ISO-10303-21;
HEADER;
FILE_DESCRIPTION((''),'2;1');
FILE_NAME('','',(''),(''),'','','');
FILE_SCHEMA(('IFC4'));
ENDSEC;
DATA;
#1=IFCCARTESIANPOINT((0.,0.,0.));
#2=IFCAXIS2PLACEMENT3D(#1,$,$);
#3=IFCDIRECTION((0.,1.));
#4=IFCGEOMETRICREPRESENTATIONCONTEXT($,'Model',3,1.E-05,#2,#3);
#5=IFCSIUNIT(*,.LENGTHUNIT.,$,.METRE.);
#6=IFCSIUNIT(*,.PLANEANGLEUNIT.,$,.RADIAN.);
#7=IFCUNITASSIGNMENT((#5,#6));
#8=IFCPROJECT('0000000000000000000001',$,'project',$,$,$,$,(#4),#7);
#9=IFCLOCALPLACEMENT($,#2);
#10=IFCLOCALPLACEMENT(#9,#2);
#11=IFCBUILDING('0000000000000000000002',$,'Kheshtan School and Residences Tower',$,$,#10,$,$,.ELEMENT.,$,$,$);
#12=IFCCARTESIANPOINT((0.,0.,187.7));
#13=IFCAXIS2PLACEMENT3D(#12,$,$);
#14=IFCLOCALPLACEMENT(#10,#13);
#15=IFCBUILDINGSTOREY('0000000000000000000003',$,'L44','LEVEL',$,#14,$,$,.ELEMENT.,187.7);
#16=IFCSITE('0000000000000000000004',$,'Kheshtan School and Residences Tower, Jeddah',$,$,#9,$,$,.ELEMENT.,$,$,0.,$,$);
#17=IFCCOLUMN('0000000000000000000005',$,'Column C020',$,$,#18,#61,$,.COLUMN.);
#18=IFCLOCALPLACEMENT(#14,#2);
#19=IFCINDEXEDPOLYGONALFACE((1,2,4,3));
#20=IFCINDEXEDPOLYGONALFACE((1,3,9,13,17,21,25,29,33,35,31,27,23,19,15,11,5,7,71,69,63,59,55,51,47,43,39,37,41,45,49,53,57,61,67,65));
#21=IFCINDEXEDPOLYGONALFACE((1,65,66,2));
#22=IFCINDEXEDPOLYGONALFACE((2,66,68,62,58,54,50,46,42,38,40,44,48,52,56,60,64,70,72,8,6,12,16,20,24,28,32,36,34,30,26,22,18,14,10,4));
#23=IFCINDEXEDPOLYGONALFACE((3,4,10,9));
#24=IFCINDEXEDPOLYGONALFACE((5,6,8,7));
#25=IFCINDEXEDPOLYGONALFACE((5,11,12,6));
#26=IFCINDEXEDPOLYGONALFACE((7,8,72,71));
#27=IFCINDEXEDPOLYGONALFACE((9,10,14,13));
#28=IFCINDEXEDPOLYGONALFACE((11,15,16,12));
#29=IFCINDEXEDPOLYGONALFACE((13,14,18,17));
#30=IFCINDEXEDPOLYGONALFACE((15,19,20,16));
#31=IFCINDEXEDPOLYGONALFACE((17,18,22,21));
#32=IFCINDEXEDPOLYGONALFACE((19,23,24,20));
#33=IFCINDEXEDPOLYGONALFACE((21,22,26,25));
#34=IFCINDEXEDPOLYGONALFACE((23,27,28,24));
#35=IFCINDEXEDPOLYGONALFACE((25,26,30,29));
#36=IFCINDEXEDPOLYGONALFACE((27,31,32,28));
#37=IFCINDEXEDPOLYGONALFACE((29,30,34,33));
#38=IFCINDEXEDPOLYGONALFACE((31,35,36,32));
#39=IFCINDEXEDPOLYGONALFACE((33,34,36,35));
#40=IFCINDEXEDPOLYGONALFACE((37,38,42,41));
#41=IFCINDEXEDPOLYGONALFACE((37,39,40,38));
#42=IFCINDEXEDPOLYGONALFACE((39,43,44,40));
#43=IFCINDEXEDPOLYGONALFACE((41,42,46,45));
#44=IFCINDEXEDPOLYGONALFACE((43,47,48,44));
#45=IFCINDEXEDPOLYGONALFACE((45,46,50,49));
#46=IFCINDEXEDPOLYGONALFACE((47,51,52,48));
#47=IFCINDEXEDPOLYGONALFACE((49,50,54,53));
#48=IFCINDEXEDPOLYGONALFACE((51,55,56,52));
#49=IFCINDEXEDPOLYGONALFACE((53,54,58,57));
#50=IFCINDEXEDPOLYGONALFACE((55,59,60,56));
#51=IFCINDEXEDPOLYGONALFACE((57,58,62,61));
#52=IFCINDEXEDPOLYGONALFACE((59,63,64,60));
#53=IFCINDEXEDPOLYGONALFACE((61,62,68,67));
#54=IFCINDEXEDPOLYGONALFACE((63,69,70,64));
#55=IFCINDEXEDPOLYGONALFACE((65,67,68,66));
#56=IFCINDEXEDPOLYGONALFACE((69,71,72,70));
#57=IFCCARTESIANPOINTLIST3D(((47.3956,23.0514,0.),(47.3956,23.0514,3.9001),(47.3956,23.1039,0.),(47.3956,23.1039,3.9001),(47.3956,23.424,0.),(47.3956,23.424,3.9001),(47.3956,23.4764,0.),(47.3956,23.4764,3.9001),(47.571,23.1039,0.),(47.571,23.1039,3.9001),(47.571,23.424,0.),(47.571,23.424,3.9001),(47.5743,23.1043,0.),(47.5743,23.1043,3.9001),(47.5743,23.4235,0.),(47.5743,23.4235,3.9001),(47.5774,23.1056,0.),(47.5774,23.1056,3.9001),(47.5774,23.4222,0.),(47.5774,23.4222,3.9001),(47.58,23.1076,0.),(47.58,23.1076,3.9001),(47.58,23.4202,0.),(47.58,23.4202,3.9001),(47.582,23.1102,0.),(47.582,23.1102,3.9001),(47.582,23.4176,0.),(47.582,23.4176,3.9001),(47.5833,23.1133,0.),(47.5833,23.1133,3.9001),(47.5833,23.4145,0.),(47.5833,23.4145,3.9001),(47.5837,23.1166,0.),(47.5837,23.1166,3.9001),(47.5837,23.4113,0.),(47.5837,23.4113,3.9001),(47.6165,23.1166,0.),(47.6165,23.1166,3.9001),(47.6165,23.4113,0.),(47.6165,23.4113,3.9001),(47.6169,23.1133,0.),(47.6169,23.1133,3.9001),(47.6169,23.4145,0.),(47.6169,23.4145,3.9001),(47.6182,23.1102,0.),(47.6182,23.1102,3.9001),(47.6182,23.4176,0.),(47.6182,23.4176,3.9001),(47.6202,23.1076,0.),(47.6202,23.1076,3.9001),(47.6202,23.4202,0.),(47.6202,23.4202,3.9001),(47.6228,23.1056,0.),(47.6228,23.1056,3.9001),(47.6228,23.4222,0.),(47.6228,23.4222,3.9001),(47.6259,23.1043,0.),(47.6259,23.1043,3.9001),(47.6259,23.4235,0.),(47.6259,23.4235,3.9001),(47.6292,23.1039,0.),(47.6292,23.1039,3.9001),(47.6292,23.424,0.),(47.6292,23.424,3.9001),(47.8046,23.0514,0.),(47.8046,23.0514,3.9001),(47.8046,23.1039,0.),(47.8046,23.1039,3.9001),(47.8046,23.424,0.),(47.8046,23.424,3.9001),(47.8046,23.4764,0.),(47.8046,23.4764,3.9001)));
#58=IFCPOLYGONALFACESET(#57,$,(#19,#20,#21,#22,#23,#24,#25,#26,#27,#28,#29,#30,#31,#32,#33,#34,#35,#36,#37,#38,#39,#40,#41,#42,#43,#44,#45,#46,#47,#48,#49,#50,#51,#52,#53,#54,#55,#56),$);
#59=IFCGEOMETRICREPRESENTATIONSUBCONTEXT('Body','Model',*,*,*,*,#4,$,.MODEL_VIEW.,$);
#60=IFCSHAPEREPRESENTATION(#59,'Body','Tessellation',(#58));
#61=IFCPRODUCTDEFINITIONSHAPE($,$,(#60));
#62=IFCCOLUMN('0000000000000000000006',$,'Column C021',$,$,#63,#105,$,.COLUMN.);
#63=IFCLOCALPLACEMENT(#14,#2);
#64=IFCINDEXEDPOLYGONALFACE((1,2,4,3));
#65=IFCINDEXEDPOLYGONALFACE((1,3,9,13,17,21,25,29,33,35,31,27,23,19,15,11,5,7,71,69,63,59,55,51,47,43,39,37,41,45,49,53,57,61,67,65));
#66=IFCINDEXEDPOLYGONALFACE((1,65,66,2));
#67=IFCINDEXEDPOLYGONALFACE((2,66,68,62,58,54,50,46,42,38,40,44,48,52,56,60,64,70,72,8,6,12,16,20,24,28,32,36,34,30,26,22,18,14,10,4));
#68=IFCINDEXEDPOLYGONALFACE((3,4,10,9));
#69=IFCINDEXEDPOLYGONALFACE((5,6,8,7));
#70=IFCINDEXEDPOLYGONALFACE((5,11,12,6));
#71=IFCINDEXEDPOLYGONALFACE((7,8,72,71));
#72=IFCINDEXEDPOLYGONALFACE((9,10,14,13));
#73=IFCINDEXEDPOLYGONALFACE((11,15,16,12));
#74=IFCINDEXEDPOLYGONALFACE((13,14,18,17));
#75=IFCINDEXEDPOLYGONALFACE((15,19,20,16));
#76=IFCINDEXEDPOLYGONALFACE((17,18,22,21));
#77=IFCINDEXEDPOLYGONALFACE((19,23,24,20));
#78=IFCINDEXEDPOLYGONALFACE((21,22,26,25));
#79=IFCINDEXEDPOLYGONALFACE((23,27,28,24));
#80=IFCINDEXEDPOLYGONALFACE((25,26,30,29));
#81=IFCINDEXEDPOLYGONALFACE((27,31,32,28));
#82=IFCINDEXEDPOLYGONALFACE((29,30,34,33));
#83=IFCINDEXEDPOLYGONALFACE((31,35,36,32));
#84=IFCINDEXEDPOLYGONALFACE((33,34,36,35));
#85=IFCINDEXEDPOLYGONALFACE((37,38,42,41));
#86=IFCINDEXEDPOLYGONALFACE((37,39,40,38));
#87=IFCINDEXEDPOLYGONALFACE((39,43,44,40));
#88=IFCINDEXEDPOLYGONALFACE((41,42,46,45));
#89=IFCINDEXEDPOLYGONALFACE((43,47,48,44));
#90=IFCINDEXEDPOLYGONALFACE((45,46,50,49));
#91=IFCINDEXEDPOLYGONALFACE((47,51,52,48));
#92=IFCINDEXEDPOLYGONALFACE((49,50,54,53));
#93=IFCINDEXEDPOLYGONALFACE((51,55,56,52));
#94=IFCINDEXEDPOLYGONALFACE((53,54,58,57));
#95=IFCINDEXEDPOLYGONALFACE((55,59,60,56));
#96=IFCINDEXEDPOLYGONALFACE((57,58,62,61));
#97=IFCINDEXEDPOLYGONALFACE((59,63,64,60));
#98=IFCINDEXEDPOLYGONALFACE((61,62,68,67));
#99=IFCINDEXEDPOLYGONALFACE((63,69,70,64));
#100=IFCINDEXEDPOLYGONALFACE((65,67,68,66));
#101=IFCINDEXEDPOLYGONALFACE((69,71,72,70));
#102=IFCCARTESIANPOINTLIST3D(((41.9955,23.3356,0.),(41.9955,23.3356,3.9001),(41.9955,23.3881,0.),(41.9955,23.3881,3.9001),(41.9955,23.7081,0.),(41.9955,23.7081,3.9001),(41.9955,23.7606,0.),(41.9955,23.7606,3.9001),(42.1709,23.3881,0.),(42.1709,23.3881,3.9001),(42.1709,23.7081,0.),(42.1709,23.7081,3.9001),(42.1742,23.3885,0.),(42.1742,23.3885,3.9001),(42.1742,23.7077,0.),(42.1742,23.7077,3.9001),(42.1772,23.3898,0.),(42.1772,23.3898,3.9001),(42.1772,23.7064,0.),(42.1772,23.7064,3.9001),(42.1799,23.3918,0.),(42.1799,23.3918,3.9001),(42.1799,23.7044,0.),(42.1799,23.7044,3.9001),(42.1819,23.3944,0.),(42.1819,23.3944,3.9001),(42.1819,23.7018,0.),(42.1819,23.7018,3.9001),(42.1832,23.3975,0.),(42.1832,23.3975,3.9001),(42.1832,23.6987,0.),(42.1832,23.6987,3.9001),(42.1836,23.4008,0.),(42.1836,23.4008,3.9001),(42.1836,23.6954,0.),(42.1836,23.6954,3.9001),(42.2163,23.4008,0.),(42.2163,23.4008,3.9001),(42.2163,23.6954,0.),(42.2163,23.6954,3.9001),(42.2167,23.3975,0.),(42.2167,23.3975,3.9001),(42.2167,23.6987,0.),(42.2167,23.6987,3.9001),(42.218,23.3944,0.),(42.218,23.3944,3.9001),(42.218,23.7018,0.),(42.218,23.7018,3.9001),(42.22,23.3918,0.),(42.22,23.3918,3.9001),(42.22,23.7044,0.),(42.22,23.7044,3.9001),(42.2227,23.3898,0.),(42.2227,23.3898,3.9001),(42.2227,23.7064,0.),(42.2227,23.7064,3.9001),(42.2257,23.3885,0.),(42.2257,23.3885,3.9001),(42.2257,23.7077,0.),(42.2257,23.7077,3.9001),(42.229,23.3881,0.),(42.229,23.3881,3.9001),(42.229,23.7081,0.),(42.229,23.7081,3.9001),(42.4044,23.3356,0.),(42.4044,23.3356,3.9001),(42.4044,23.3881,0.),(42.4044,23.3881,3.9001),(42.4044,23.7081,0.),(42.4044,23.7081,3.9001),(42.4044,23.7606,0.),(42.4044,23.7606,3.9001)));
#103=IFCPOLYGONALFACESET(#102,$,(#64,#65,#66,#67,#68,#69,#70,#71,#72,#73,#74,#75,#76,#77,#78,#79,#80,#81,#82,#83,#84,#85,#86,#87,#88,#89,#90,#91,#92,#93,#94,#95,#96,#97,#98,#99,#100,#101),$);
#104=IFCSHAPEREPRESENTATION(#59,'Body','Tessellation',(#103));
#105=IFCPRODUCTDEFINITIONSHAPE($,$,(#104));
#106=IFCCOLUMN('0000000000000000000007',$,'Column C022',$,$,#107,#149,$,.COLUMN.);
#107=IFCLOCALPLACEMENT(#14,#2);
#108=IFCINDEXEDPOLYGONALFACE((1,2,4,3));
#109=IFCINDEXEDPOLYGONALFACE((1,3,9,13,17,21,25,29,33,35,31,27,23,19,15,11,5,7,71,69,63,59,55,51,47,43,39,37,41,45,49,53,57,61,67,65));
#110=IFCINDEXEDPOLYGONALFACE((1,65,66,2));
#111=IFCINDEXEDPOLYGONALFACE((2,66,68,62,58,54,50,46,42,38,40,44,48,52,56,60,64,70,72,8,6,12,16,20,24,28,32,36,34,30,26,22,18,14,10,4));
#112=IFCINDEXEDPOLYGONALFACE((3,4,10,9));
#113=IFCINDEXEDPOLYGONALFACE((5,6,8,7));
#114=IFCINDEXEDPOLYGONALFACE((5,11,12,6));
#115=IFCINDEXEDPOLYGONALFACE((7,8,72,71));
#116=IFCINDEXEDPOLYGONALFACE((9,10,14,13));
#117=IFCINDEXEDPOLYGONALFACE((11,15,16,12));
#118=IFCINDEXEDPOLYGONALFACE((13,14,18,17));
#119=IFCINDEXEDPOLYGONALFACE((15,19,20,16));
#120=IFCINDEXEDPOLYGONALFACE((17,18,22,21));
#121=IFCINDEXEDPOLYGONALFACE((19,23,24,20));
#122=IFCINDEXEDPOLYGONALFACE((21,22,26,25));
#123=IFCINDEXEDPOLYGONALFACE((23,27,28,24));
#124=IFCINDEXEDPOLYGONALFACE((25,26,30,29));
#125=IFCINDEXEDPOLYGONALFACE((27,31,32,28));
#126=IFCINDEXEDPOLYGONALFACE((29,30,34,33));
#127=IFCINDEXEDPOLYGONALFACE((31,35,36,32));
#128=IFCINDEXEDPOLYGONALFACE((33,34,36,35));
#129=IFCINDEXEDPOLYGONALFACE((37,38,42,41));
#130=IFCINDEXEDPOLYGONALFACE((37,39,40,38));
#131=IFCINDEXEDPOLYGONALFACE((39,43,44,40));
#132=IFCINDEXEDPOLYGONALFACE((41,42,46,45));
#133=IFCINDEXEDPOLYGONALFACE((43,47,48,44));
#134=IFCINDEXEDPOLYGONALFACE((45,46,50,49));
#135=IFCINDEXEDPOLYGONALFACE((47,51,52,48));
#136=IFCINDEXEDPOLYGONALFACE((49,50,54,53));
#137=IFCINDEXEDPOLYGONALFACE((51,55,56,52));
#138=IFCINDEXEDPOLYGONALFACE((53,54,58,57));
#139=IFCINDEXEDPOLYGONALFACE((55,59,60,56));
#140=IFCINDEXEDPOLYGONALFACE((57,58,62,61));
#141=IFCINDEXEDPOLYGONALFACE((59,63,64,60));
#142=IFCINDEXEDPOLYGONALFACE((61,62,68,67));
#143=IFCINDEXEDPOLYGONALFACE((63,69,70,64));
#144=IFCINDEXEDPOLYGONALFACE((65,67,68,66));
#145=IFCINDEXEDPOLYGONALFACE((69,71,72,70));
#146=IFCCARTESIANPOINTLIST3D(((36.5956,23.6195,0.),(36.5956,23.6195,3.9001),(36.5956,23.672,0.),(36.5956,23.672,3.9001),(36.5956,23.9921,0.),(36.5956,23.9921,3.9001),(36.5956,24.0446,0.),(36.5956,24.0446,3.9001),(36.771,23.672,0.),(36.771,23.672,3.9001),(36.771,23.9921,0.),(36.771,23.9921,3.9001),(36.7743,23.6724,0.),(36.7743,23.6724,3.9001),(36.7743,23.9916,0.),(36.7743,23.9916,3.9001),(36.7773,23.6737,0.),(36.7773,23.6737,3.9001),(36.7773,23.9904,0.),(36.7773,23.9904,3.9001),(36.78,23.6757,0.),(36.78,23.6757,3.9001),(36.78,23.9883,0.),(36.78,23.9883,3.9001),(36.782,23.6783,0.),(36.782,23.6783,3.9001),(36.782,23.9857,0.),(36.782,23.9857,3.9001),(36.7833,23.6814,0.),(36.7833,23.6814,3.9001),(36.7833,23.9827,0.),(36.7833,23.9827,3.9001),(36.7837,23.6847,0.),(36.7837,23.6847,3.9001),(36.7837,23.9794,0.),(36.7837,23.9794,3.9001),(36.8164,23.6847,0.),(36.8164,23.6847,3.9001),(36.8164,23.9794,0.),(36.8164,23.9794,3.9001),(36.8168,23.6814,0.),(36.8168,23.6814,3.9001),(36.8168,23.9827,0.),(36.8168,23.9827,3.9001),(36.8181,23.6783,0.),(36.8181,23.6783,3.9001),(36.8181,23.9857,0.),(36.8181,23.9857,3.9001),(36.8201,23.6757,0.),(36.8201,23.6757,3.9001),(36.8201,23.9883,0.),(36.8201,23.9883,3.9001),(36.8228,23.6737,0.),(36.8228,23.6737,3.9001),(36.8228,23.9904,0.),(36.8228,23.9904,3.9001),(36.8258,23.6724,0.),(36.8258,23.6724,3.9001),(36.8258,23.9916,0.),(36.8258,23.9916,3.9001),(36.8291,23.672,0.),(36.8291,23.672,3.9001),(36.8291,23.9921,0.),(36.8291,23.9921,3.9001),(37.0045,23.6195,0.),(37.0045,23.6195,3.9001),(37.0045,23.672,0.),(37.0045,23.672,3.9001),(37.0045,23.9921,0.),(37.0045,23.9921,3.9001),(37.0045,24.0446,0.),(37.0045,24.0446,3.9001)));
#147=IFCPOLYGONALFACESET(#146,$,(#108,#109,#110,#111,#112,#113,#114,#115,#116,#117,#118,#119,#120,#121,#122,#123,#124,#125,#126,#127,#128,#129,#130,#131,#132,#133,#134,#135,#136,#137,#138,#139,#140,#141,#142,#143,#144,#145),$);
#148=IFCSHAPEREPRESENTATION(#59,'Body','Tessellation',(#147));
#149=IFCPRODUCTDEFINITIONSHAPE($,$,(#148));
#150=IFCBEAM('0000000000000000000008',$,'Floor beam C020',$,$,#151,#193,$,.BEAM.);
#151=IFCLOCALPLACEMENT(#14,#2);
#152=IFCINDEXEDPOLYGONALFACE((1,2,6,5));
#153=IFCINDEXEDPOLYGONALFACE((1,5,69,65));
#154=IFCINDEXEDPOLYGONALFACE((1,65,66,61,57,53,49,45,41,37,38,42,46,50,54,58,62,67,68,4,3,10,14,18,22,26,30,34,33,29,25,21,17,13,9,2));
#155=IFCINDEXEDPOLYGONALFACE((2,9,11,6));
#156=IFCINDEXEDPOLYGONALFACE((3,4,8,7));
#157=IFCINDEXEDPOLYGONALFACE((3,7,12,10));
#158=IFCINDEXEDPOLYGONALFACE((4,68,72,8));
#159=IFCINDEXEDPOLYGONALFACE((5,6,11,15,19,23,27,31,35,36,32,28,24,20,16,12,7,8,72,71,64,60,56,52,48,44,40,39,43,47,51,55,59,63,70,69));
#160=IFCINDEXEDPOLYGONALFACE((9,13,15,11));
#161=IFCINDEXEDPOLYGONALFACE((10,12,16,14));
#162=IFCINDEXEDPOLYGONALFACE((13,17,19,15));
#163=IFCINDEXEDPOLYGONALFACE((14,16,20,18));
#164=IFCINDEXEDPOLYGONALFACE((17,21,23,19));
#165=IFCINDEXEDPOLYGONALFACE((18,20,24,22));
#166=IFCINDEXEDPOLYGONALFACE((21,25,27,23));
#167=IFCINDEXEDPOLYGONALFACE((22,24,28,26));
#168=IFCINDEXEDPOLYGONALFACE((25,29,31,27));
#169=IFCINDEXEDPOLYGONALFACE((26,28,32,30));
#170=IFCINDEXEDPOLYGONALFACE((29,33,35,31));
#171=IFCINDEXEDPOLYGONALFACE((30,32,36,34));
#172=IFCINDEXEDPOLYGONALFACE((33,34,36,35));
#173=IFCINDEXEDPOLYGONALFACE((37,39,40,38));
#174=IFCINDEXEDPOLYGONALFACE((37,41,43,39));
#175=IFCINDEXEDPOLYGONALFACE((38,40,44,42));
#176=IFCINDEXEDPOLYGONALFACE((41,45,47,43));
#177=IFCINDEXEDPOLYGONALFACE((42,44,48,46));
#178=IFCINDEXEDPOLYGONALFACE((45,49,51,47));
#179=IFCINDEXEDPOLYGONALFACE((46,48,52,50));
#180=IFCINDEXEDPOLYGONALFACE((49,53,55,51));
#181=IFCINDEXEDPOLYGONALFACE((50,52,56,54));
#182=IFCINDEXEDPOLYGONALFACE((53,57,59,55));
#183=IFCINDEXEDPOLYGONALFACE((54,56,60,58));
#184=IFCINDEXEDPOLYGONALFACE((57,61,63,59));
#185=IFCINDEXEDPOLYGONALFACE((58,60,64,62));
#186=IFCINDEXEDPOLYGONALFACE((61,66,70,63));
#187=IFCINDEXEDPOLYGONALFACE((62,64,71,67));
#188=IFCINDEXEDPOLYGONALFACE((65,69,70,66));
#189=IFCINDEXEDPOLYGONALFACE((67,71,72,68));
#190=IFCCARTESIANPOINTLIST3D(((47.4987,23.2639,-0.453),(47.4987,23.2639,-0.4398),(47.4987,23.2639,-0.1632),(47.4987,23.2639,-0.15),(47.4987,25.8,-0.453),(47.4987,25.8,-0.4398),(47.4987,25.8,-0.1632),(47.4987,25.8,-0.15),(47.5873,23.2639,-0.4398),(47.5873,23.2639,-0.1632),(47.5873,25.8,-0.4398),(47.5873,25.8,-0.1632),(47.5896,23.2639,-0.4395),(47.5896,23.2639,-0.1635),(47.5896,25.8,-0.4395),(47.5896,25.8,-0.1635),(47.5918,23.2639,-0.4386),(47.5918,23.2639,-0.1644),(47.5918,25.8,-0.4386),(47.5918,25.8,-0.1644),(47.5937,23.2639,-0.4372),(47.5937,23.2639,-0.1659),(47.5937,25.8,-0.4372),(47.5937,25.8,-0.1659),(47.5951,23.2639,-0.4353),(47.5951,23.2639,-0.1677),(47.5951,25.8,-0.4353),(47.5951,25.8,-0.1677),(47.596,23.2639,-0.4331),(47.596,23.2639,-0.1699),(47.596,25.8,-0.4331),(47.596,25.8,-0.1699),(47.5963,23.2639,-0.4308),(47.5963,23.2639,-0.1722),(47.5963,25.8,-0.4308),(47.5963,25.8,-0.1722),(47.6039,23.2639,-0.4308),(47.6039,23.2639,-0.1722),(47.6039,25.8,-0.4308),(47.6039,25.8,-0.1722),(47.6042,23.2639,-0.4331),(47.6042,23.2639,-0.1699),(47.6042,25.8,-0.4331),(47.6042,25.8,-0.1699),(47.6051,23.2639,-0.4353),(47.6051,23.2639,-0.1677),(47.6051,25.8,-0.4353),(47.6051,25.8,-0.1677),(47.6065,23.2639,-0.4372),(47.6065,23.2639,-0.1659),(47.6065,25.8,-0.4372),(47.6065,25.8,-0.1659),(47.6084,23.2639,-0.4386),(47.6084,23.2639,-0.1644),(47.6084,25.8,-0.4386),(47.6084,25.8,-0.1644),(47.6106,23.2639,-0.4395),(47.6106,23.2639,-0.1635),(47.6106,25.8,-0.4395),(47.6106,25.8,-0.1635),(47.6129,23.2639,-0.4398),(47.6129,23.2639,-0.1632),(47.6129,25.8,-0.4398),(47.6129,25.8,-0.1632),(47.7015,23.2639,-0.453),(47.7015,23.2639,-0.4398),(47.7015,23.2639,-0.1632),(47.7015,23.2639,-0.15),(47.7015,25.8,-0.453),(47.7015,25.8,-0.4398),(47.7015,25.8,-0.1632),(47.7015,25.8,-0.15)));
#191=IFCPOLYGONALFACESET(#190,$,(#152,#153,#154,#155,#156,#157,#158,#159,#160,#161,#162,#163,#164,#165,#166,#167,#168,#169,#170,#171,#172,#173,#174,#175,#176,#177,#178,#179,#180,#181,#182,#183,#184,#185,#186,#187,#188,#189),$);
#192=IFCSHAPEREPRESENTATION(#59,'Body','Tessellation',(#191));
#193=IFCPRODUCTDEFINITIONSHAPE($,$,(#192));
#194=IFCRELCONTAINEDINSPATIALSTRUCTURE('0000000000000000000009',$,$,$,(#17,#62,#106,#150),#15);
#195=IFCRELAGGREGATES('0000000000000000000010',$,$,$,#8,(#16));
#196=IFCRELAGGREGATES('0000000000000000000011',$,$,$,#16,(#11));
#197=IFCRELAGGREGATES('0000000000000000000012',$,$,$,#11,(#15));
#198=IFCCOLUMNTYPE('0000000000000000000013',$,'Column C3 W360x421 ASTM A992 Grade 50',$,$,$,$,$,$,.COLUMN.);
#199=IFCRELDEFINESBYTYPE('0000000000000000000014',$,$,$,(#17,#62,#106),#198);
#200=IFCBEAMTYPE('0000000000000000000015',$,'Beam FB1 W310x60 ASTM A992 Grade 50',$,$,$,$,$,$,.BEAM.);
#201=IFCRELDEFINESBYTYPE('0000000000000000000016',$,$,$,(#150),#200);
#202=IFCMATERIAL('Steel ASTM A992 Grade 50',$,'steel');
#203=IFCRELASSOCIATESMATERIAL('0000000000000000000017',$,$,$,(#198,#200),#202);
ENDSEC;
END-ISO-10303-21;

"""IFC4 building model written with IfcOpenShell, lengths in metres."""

from ifc_helpers import new_model, si_unit, direction, frame, origin, origin_2d, place, context, subcontext, project, spatial, i_section, extrude, material, material_profile, profile_set, type_object, element, save


model = new_model("IFC4")

# Units and contexts
model_context = context("Model", 3, precision=1e-05, world=origin(), true_north=direction((0.0, 1.0)))
body_context = subcontext(model_context, "Body", "Model", "MODEL_VIEW")
ifc_project = project(units=[si_unit("LENGTHUNIT", "METRE"), si_unit("PLANEANGLEUNIT", "RADIAN")], contexts=[model_context])

# Site, building, storey
site_placement = place(None, origin())
site = spatial("IfcSite", under=ifc_project, at=site_placement, Name="Kheshtan School and Residences Tower, Jeddah", CompositionType="ELEMENT", RefElevation=0.0)
building_placement = place(site_placement, origin())
building = spatial("IfcBuilding", under=site, at=building_placement, Name="Kheshtan School and Residences Tower", CompositionType="ELEMENT")
storey_placement = place(building_placement, frame((0.0, 0.0, 187.7)))
storey = spatial("IfcBuildingStorey", under=building, at=storey_placement, Name="L44", Description="LEVEL", CompositionType="ELEMENT", Elevation=187.7)

# Columns
ifc_material_1 = material(Name="Steel ASTM A992 Grade 50", Category="steel")
ifc_material_profile_1 = material_profile(ifc_material_1, i_section(OverallWidth=0.4089, OverallDepth=0.425, WebThickness=0.0327, FlangeThickness=0.0525, FilletRadius=0.0127, at=origin_2d()), Name="W360x421")
ifc_profile_set_1 = profile_set([ifc_material_profile_1], Name="Steel ASTM A992 Grade 50")
column_type = type_object("IfcColumnType", Name="Column C3 W360x421 ASTM A992 Grade 50", PredefinedType="COLUMN", material=ifc_profile_set_1)
for number, where, z_axis, x_axis, name in (
    (1, (47.6001, 23.2639, 0.0), (0.0, 0.0, 1.0), (1.0, 0.0, 0.0), "Column C020"),
    (2, (42.2, 23.5481, 0.0), (0.0, 0.0, 1.0), (1.0, 0.0, 0.0), "Column C021"),
    (3, (36.8, 23.832, 0.0), (0.0, 0.0, 1.0), (1.0, 0.0, 0.0), "Column C022"),
):
    element("IfcColumn", number, at=place(storey_placement, frame(where, z_axis=z_axis, x_axis=x_axis)), inside=storey, type_object=column_type, Name=name, PredefinedType="COLUMN", context=body_context, shape_type="SweptSolid", body=[
        extrude(i_section(OverallWidth=0.4089, OverallDepth=0.425, WebThickness=0.0327, FlangeThickness=0.0525, FilletRadius=0.0127, at=origin_2d()), origin(), (0.0, 0.0, 1.0), 3.9001),
    ])

# Beam
ifc_material_profile_2 = material_profile(ifc_material_1, i_section(OverallWidth=0.2029, OverallDepth=0.303, WebThickness=0.0076, FlangeThickness=0.0132, FilletRadius=0.009, at=origin_2d()), Name="W310x60")
ifc_profile_set_2 = profile_set([ifc_material_profile_2], Name="Steel ASTM A992 Grade 50")
beam_type_1 = type_object("IfcBeamType", Name="Beam FB1 W310x60 ASTM A992 Grade 50", PredefinedType="BEAM", material=ifc_profile_set_2)
beam_1_placement = place(storey_placement, frame((47.6001, 23.2639, -0.3015), z_axis=(0.0, 1.0, 0.0), x_axis=(-1.0, 0.0, 0.0)))
element("IfcBeam", 4, at=beam_1_placement, inside=storey, type_object=beam_type_1, Name="Floor beam C020", PredefinedType="BEAM", context=body_context, shape_type="SweptSolid", body=[
    extrude(i_section(OverallWidth=0.2029, OverallDepth=0.303, WebThickness=0.0076, FlangeThickness=0.0132, FilletRadius=0.009, at=origin_2d()), origin(), (0.0, 0.0, 1.0), 2.5361),
])

save(model, "model.ifc")
